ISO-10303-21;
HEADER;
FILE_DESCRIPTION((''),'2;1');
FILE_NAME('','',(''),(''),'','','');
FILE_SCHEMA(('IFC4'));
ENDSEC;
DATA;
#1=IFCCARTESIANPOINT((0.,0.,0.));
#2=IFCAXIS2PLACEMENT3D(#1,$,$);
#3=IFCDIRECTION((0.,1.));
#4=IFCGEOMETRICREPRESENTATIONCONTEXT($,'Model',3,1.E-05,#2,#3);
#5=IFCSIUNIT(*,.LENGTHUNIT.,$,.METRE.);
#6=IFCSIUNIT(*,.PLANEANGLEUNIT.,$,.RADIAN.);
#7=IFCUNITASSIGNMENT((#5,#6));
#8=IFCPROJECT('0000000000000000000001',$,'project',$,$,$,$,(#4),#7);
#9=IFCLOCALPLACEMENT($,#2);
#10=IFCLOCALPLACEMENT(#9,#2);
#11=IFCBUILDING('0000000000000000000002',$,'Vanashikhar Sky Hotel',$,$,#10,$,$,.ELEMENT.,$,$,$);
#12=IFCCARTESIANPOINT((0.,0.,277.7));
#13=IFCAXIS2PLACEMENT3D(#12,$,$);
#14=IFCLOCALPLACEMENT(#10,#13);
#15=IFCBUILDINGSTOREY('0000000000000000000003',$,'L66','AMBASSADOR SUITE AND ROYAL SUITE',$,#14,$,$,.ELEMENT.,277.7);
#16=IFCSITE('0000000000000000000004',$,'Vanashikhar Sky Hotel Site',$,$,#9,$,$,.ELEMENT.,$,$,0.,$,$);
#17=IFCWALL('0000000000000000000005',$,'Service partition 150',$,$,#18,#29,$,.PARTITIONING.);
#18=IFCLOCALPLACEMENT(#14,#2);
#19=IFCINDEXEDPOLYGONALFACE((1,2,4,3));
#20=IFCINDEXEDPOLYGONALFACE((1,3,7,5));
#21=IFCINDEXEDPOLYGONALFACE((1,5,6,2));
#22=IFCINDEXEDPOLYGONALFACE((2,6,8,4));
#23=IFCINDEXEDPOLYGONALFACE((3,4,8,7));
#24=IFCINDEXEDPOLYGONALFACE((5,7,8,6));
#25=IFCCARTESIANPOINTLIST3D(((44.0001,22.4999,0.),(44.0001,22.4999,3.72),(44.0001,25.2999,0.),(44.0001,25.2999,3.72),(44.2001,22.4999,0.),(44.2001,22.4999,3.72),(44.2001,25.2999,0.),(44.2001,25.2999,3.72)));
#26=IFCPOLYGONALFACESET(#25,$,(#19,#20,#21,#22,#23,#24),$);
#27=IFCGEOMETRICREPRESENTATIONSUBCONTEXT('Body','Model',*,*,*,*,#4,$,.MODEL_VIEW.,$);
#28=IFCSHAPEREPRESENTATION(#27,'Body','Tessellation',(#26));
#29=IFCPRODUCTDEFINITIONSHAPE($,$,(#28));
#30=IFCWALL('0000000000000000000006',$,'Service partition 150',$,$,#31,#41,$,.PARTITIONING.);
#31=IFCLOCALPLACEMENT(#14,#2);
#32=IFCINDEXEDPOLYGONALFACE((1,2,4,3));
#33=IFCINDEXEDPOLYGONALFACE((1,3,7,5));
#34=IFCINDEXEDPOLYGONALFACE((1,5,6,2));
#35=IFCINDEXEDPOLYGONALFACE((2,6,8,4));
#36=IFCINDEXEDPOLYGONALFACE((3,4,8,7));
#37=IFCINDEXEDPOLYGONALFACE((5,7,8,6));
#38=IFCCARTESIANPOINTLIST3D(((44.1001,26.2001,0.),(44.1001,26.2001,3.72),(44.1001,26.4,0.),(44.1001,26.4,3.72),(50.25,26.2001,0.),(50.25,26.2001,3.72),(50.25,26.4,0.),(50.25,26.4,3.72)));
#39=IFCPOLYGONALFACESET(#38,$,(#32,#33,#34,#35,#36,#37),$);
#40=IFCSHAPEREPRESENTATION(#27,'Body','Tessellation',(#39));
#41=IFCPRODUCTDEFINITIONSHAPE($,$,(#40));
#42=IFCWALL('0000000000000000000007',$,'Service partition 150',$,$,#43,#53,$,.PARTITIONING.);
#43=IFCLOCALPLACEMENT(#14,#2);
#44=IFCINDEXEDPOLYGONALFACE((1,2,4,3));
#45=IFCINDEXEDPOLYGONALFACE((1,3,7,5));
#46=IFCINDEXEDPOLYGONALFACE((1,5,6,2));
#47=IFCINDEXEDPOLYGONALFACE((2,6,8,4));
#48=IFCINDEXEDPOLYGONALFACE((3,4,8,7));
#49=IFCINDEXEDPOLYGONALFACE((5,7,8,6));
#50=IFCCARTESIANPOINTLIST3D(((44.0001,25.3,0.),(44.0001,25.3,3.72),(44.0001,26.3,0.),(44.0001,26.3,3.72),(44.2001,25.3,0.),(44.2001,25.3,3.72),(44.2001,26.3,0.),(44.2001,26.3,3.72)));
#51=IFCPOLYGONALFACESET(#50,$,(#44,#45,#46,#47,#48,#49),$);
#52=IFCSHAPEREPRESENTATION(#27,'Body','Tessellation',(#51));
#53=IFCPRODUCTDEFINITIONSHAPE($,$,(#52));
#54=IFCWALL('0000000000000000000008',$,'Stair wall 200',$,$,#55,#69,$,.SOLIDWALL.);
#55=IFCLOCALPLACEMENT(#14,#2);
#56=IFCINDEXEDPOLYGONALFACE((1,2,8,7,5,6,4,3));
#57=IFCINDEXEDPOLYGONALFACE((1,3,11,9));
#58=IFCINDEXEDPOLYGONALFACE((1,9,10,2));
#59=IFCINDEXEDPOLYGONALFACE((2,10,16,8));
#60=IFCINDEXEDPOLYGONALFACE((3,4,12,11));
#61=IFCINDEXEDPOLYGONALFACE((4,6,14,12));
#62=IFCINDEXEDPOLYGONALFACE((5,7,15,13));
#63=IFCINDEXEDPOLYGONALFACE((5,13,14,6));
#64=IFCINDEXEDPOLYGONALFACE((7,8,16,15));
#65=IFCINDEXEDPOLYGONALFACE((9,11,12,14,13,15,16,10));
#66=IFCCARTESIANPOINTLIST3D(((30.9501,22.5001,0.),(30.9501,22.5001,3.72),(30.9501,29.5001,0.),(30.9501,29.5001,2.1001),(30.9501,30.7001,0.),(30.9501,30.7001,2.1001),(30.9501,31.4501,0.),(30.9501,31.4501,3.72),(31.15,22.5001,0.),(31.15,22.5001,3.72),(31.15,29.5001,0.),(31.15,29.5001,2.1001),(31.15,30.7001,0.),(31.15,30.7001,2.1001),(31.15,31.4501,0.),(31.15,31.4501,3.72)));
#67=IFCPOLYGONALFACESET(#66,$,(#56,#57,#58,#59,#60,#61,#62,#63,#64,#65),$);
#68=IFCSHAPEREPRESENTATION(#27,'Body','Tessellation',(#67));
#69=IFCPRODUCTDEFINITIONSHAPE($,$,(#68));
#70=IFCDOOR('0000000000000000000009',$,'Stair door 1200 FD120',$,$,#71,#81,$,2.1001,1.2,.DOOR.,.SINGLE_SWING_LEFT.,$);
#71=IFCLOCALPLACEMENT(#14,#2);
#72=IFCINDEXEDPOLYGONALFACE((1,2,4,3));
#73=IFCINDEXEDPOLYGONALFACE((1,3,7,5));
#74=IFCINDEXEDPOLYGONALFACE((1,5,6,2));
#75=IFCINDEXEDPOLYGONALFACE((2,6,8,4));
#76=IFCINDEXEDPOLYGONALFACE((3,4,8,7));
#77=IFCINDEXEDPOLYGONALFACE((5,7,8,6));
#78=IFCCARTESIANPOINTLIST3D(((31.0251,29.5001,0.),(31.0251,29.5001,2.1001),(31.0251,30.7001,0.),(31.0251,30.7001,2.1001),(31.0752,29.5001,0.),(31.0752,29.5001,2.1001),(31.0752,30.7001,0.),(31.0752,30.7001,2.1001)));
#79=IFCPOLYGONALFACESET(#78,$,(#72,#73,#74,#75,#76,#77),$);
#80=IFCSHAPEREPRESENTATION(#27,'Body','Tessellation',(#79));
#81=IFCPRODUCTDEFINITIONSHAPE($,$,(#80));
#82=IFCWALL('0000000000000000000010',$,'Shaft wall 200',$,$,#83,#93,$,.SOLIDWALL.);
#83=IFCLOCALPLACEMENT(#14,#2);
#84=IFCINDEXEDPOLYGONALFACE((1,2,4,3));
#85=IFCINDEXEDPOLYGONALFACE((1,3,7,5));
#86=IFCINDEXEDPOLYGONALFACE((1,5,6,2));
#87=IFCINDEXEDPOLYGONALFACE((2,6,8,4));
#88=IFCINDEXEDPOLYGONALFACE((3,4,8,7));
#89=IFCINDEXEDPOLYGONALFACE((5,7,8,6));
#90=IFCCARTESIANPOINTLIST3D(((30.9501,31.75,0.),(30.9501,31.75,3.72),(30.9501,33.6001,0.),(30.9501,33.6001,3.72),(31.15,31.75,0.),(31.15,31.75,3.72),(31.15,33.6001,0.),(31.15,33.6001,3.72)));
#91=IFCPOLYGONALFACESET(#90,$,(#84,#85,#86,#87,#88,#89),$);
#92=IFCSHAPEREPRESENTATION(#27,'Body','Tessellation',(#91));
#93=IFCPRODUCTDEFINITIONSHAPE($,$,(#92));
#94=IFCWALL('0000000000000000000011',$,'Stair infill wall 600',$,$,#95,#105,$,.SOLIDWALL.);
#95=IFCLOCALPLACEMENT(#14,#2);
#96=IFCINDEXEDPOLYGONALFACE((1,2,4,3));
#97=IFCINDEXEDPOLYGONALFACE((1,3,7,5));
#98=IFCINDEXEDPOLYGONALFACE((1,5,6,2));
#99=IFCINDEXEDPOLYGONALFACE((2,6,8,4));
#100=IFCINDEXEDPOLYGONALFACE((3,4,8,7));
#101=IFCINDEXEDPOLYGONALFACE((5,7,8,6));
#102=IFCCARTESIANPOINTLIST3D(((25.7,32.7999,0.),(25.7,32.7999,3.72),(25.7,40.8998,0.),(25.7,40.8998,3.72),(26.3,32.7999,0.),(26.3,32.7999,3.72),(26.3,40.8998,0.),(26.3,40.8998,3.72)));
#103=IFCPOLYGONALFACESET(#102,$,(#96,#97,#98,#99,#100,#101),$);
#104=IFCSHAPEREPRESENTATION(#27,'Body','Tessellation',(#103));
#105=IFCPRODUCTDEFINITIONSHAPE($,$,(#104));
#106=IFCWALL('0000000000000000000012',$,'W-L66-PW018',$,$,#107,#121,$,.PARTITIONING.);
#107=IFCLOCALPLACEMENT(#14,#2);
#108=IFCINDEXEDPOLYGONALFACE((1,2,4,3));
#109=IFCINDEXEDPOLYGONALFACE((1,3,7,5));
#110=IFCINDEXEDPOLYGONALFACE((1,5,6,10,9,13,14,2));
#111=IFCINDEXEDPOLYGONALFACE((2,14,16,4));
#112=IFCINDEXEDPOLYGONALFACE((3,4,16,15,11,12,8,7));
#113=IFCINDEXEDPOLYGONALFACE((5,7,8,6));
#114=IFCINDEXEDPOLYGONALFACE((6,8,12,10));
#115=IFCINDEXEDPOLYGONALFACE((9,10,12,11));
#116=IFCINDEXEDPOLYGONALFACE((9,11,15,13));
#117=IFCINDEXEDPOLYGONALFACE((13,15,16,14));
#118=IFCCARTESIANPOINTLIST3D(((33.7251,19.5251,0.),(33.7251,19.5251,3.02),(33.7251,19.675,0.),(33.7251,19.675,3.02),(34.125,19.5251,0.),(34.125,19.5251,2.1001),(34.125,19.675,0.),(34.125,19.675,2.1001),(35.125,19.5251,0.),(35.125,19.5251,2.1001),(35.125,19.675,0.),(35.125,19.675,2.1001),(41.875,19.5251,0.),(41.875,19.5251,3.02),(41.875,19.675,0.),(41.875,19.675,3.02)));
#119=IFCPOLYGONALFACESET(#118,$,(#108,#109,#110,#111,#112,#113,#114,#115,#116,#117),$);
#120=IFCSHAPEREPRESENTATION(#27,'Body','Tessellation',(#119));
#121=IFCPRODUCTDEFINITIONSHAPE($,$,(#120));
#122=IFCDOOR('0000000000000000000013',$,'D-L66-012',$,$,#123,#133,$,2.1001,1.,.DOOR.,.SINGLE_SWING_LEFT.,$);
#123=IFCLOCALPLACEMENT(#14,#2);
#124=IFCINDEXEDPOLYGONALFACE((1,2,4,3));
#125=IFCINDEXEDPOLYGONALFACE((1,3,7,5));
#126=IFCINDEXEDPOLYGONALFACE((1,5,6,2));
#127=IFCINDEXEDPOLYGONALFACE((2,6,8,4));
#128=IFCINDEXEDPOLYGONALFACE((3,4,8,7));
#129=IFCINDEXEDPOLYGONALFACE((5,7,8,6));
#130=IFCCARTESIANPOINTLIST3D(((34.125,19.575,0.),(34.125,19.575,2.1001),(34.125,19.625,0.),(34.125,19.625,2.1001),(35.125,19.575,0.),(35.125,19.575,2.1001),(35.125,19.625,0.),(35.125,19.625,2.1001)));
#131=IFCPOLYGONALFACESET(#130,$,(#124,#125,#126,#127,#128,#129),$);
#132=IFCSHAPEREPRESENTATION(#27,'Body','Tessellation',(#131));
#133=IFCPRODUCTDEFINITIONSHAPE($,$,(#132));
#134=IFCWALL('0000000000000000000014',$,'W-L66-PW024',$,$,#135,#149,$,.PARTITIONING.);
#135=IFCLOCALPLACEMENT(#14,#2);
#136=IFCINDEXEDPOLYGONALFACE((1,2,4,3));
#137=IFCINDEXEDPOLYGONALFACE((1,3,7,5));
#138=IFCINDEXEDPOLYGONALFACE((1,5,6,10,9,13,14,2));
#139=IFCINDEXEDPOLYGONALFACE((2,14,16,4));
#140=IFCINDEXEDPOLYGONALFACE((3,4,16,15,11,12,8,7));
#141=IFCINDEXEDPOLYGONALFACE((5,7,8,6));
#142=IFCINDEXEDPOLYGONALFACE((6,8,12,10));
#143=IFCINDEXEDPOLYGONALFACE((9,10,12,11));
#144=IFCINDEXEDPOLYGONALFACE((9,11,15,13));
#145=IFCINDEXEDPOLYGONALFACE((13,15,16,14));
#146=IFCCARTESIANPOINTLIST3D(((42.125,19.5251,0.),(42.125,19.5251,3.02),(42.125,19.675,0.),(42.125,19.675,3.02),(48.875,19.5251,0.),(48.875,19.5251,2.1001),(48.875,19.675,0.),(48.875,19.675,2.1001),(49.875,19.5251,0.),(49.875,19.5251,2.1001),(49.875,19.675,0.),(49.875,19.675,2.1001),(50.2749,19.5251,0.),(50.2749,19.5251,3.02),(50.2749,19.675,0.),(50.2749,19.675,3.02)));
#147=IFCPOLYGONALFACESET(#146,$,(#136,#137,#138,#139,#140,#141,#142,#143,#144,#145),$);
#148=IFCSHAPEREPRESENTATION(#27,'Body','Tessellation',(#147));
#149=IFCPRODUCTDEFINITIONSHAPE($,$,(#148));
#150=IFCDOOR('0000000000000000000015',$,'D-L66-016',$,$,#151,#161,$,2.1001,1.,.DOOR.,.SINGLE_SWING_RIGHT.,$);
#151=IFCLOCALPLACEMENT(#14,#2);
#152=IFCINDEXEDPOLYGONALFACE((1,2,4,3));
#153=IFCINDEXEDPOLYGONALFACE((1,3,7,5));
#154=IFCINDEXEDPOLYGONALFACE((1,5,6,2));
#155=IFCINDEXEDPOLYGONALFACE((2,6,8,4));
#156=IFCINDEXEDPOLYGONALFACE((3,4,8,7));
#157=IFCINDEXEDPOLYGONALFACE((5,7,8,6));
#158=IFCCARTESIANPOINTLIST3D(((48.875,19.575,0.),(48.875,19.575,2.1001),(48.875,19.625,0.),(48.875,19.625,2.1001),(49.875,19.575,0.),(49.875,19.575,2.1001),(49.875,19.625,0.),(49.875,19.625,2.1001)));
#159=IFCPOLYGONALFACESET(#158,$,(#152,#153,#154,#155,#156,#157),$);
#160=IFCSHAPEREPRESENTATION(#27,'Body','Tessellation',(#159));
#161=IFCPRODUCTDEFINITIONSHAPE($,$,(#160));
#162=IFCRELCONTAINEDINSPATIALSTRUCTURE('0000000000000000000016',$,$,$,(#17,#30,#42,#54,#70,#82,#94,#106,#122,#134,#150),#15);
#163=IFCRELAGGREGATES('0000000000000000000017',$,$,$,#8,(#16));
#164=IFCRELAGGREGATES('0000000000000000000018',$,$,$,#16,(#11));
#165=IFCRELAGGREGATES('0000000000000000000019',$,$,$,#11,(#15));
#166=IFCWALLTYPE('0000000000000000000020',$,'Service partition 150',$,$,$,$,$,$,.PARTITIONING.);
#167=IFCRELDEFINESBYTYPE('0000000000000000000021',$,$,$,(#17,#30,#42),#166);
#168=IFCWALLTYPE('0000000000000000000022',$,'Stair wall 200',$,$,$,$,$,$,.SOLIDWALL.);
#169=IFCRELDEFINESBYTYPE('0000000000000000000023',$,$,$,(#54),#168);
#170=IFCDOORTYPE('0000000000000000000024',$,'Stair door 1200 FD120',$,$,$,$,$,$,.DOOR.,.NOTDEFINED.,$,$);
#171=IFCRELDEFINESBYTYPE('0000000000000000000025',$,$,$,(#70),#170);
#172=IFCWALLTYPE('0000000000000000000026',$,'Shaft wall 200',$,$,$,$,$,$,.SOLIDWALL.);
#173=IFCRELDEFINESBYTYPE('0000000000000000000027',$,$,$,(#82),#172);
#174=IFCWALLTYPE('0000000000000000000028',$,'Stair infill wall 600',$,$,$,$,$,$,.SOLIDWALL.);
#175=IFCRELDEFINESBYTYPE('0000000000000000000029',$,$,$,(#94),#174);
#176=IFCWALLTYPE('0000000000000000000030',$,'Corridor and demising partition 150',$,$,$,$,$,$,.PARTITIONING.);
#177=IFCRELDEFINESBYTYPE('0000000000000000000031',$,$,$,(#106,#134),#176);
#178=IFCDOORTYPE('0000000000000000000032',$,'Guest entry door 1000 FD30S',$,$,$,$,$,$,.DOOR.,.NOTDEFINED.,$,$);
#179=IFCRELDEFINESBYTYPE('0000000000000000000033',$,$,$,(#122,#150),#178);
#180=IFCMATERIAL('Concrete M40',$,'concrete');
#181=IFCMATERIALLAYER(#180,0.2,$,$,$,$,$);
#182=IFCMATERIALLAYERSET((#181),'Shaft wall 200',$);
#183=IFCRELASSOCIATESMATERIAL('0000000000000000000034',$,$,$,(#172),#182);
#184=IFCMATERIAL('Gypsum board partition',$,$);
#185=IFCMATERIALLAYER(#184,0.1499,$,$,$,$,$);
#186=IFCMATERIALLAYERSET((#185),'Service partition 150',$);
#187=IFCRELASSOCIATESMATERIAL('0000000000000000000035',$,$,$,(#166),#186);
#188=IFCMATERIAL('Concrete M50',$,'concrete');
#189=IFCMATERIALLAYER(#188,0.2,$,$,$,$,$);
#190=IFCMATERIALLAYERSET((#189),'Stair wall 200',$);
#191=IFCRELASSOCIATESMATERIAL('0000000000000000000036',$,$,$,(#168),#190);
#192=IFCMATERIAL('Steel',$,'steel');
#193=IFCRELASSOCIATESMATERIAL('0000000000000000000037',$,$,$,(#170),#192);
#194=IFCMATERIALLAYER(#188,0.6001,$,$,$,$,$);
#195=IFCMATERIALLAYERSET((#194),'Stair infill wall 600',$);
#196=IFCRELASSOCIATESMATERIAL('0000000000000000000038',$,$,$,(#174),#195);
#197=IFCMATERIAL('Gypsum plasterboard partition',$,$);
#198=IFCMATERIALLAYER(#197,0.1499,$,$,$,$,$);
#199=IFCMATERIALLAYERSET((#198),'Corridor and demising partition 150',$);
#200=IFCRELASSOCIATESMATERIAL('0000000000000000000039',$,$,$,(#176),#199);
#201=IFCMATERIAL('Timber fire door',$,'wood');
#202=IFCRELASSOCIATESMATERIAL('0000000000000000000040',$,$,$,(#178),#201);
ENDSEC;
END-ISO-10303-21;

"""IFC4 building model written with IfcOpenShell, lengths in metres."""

from ifc_helpers import new_model, si_unit, direction, frame, frame_2d, origin, place, context, subcontext, project, spatial, rectangle, extrude, source, transform, mapped, material, layer, layer_set, type_object, element, fill, save


model = new_model("IFC4")

# Units and contexts
model_context = context("Model", 3, precision=1e-05, world=origin(), true_north=direction((0.0, 1.0)))
body_context = subcontext(model_context, "Body", "Model", "MODEL_VIEW")
ifc_project = project(units=[si_unit("LENGTHUNIT", "METRE"), si_unit("PLANEANGLEUNIT", "RADIAN")], contexts=[model_context])

# Site, building, storey
site_placement = place(None, origin())
site = spatial("IfcSite", under=ifc_project, at=site_placement, Name="Vanashikhar Sky Hotel Site", CompositionType="ELEMENT", RefElevation=0.0)
building_placement = place(site_placement, origin())
building = spatial("IfcBuilding", under=site, at=building_placement, Name="Vanashikhar Sky Hotel", CompositionType="ELEMENT")
storey_placement = place(building_placement, frame((0.0, 0.0, 277.7)))
storey = spatial("IfcBuildingStorey", under=building, at=storey_placement, Name="L66", Description="AMBASSADOR SUITE AND ROYAL SUITE", CompositionType="ELEMENT", Elevation=277.7)

# Shared definitions
ifc_material_1 = material(Name="Concrete M50", Category="concrete")
ifc_material_2 = material(Name="Steel", Category="steel")
shared_shape_1 = source(origin(), body_context, "Body", "SweptSolid", [
    extrude(rectangle(XDim=1.0, YDim=2.1001, at=frame_2d((0.5, 1.05))), frame((0.0, 0.0249, 0.0), z_axis=(0.0, -1.0, 0.0), x_axis=(1.0, 0.0, 0.0)), (0.0, 0.0, 1.0), 0.05),
])

# Shared definitions
ifc_material_3 = material(Name="Concrete M40", Category="concrete")
ifc_layer_1 = layer(ifc_material_3, 0.2)
ifc_layer_set_1 = layer_set([ifc_layer_1], Name="Shaft wall 200")
wall_type_1 = type_object("IfcWallType", Name="Shaft wall 200", PredefinedType="SOLIDWALL", material=ifc_layer_set_1)

# Shared definitions
ifc_material_4 = material(Name="Gypsum board partition")
ifc_layer_2 = layer(ifc_material_4, 0.1499)
ifc_layer_set_2 = layer_set([ifc_layer_2], Name="Service partition 150")
wall_type_2 = type_object("IfcWallType", Name="Service partition 150", PredefinedType="PARTITIONING", material=ifc_layer_set_2)

# Walls
shared_shape_2 = source(origin(), body_context, "Body", "SweptSolid", [
    extrude(rectangle(XDim=2.8, YDim=0.2, at=frame_2d((1.3999, 0.0))), origin(), (0.0, 0.0, 1.0), 3.72),
])
wall_1_placement = place(storey_placement, frame((44.1001, 22.5, 0.0), z_axis=(0.0, 0.0, 1.0), x_axis=(0.0, 1.0, 0.0)))
element("IfcWall", 1, at=wall_1_placement, inside=storey, type_object=wall_type_2, Name="Service partition 150", PredefinedType="PARTITIONING", context=body_context, shape_type="MappedRepresentation", body=[
    mapped(shared_shape_2, transform((0.0, 0.0, 0.0), scale=1.0)),
])
shared_shape_3 = source(origin(), body_context, "Body", "SweptSolid", [
    extrude(rectangle(XDim=6.1499, YDim=0.2, at=frame_2d((3.075, 0.0))), origin(), (0.0, 0.0, 1.0), 3.72),
])
wall_2_placement = place(storey_placement, frame((44.1001, 26.3, 0.0), z_axis=(0.0, 0.0, 1.0), x_axis=(1.0, 0.0, 0.0)))
element("IfcWall", 2, at=wall_2_placement, inside=storey, type_object=wall_type_2, Name="Service partition 150", PredefinedType="PARTITIONING", context=body_context, shape_type="MappedRepresentation", body=[
    mapped(shared_shape_3, transform((0.0, 0.0, 0.0), scale=1.0)),
])
shared_shape_4 = source(origin(), body_context, "Body", "SweptSolid", [
    extrude(rectangle(XDim=1.0, YDim=0.2, at=frame_2d((0.5, 0.0))), origin(), (0.0, 0.0, 1.0), 3.72),
])
wall_3_placement = place(storey_placement, frame((44.1001, 25.3, 0.0), z_axis=(0.0, 0.0, 1.0), x_axis=(0.0, 1.0, 0.0)))
element("IfcWall", 3, at=wall_3_placement, inside=storey, type_object=wall_type_2, Name="Service partition 150", PredefinedType="PARTITIONING", context=body_context, shape_type="MappedRepresentation", body=[
    mapped(shared_shape_4, transform((0.0, 0.0, 0.0), scale=1.0)),
])

# Wall, opening, door
ifc_layer_3 = layer(ifc_material_1, 0.2)
ifc_layer_set_3 = layer_set([ifc_layer_3], Name="Stair wall 200")
wall_type_3 = type_object("IfcWallType", Name="Stair wall 200", PredefinedType="SOLIDWALL", material=ifc_layer_set_3)
shared_shape_5 = source(origin(), body_context, "Body", "SweptSolid", [
    extrude(rectangle(XDim=8.95, YDim=0.2, at=frame_2d((4.4751, 0.0))), origin(), (0.0, 0.0, 1.0), 3.72),
])
wall_4_placement = place(storey_placement, frame((31.05, 22.5, 0.0), z_axis=(0.0, 0.0, 1.0), x_axis=(0.0, 1.0, 0.0)))
wall_4 = element("IfcWall", 4, at=wall_4_placement, inside=storey, type_object=wall_type_3, Name="Stair wall 200", PredefinedType="SOLIDWALL", context=body_context, shape_type="MappedRepresentation", body=[
    mapped(shared_shape_5, transform((0.0, 0.0, 0.0), scale=1.0)),
])
shared_shape_6 = source(origin(), body_context, "Body", "SweptSolid", [
    extrude(rectangle(XDim=1.2, YDim=2.1001, at=frame_2d((0.6001, 1.05))), frame((0.0, 0.1099, 0.0), z_axis=(0.0, -1.0, 0.0), x_axis=(1.0, 0.0, 0.0)), (0.0, 0.0, 1.0), 0.22),
])
opening_1_placement = place(wall_4_placement, frame((7.0, 0.0, 0.0)))
opening_1 = element("IfcOpeningElement", 5, at=opening_1_placement, cuts=wall_4, PredefinedType="OPENING", context=body_context, shape_type="MappedRepresentation", body=[
    mapped(shared_shape_6, transform((0.0, 0.0, 0.0), scale=1.0)),
])
door_type_1 = type_object("IfcDoorType", Name="Stair door 1200 FD120", OperationType="NOTDEFINED", PredefinedType="DOOR", material=ifc_material_2)
shared_shape_7 = source(origin(), body_context, "Body", "SweptSolid", [
    extrude(rectangle(XDim=1.2, YDim=2.1001, at=frame_2d((0.6001, 1.05))), frame((0.0, 0.0249, 0.0), z_axis=(0.0, -1.0, 0.0), x_axis=(1.0, 0.0, 0.0)), (0.0, 0.0, 1.0), 0.05),
])
door_1_placement = place(opening_1_placement, origin())
door_1 = element("IfcDoor", 6, at=door_1_placement, inside=storey, type_object=door_type_1, Name="Stair door 1200 FD120", OperationType="SINGLE_SWING_LEFT", OverallHeight=2.1001, OverallWidth=1.2, PredefinedType="DOOR", context=body_context, shape_type="MappedRepresentation", body=[
    mapped(shared_shape_7, transform((0.0, 0.0, 0.0), scale=1.0)),
])
fill(opening_1, door_1)

# Walls
shared_shape_8 = source(origin(), body_context, "Body", "SweptSolid", [
    extrude(rectangle(XDim=1.8501, YDim=0.2, at=frame_2d((0.925, 0.0))), origin(), (0.0, 0.0, 1.0), 3.72),
])
wall_5_placement = place(storey_placement, frame((31.05, 31.75, 0.0), z_axis=(0.0, 0.0, 1.0), x_axis=(0.0, 1.0, 0.0)))
element("IfcWall", 7, at=wall_5_placement, inside=storey, type_object=wall_type_1, Name="Shaft wall 200", PredefinedType="SOLIDWALL", context=body_context, shape_type="MappedRepresentation", body=[
    mapped(shared_shape_8, transform((0.0, 0.0, 0.0), scale=1.0)),
])
ifc_layer_4 = layer(ifc_material_1, 0.6001)
ifc_layer_set_4 = layer_set([ifc_layer_4], Name="Stair infill wall 600")
wall_type_4 = type_object("IfcWallType", Name="Stair infill wall 600", PredefinedType="SOLIDWALL", material=ifc_layer_set_4)
shared_shape_9 = source(origin(), body_context, "Body", "SweptSolid", [
    extrude(rectangle(XDim=8.0999, YDim=0.6001, at=frame_2d((4.0498, 0.0))), origin(), (0.0, 0.0, 1.0), 3.72),
])
wall_6_placement = place(storey_placement, frame((26.0, 32.8, 0.0), z_axis=(0.0, 0.0, 1.0), x_axis=(0.0, 1.0, 0.0)))
element("IfcWall", 8, at=wall_6_placement, inside=storey, type_object=wall_type_4, Name="Stair infill wall 600", PredefinedType="SOLIDWALL", context=body_context, shape_type="MappedRepresentation", body=[
    mapped(shared_shape_9, transform((0.0, 0.0, 0.0), scale=1.0)),
])

# Walls, openings, doors
ifc_material_5 = material(Name="Gypsum plasterboard partition")
ifc_layer_5 = layer(ifc_material_5, 0.1499)
ifc_layer_set_5 = layer_set([ifc_layer_5], Name="Corridor and demising partition 150")
wall_type_5 = type_object("IfcWallType", Name="Corridor and demising partition 150", PredefinedType="PARTITIONING", material=ifc_layer_set_5)
shared_shape_10 = source(origin(), body_context, "Body", "SweptSolid", [
    extrude(rectangle(XDim=8.1499, YDim=0.1499, at=frame_2d((4.075, 0.0))), origin(), (0.0, 0.0, 1.0), 3.02),
])
wall_7_placement = place(storey_placement, frame((33.7251, 19.6001, 0.0), z_axis=(0.0, 0.0, 1.0), x_axis=(1.0, 0.0, 0.0)))
wall_7 = element("IfcWall", 9, at=wall_7_placement, inside=storey, type_object=wall_type_5, Name="W-L66-PW018", PredefinedType="PARTITIONING", context=body_context, shape_type="MappedRepresentation", body=[
    mapped(shared_shape_10, transform((0.0, 0.0, 0.0), scale=1.0)),
])
shared_shape_11 = source(origin(), body_context, "Body", "SweptSolid", [
    extrude(rectangle(XDim=1.0, YDim=2.1001, at=frame_2d((0.5, 1.05))), frame((0.0, 0.085, 0.0), z_axis=(0.0, -1.0, 0.0), x_axis=(1.0, 0.0, 0.0)), (0.0, 0.0, 1.0), 0.1699),
])
opening_2_placement = place(wall_7_placement, frame((0.3999, 0.0, 0.0)))
opening_2 = element("IfcOpeningElement", 10, at=opening_2_placement, cuts=wall_7, PredefinedType="OPENING", context=body_context, shape_type="MappedRepresentation", body=[
    mapped(shared_shape_11, transform((0.0, 0.0, 0.0), scale=1.0)),
])
ifc_material_6 = material(Name="Timber fire door", Category="wood")
door_type_2 = type_object("IfcDoorType", Name="Guest entry door 1000 FD30S", OperationType="NOTDEFINED", PredefinedType="DOOR", material=ifc_material_6)
door_2_placement = place(opening_2_placement, origin())
door_2 = element("IfcDoor", 11, at=door_2_placement, inside=storey, type_object=door_type_2, Name="D-L66-012", OperationType="SINGLE_SWING_LEFT", OverallHeight=2.1001, OverallWidth=1.0, PredefinedType="DOOR", context=body_context, shape_type="MappedRepresentation", body=[
    mapped(shared_shape_1, transform((0.0, 0.0, 0.0), scale=1.0)),
])
fill(opening_2, door_2)
wall_8_placement = place(storey_placement, frame((42.125, 19.6001, 0.0), z_axis=(0.0, 0.0, 1.0), x_axis=(1.0, 0.0, 0.0)))
wall_8 = element("IfcWall", 12, at=wall_8_placement, inside=storey, type_object=wall_type_5, Name="W-L66-PW024", PredefinedType="PARTITIONING", context=body_context, shape_type="MappedRepresentation", body=[
    mapped(shared_shape_10, transform((0.0, 0.0, 0.0), scale=1.0)),
])
opening_3_placement = place(wall_8_placement, frame((6.75, 0.0, 0.0)))
opening_3 = element("IfcOpeningElement", 13, at=opening_3_placement, cuts=wall_8, PredefinedType="OPENING", context=body_context, shape_type="MappedRepresentation", body=[
    mapped(shared_shape_11, transform((0.0, 0.0, 0.0), scale=1.0)),
])
door_3_placement = place(opening_3_placement, origin())
door_3 = element("IfcDoor", 14, at=door_3_placement, inside=storey, type_object=door_type_2, Name="D-L66-016", OperationType="SINGLE_SWING_RIGHT", OverallHeight=2.1001, OverallWidth=1.0, PredefinedType="DOOR", context=body_context, shape_type="MappedRepresentation", body=[
    mapped(shared_shape_1, transform((0.0, 0.0, 0.0), scale=1.0)),
])
fill(opening_3, door_3)

save(model, "model.ifc")
